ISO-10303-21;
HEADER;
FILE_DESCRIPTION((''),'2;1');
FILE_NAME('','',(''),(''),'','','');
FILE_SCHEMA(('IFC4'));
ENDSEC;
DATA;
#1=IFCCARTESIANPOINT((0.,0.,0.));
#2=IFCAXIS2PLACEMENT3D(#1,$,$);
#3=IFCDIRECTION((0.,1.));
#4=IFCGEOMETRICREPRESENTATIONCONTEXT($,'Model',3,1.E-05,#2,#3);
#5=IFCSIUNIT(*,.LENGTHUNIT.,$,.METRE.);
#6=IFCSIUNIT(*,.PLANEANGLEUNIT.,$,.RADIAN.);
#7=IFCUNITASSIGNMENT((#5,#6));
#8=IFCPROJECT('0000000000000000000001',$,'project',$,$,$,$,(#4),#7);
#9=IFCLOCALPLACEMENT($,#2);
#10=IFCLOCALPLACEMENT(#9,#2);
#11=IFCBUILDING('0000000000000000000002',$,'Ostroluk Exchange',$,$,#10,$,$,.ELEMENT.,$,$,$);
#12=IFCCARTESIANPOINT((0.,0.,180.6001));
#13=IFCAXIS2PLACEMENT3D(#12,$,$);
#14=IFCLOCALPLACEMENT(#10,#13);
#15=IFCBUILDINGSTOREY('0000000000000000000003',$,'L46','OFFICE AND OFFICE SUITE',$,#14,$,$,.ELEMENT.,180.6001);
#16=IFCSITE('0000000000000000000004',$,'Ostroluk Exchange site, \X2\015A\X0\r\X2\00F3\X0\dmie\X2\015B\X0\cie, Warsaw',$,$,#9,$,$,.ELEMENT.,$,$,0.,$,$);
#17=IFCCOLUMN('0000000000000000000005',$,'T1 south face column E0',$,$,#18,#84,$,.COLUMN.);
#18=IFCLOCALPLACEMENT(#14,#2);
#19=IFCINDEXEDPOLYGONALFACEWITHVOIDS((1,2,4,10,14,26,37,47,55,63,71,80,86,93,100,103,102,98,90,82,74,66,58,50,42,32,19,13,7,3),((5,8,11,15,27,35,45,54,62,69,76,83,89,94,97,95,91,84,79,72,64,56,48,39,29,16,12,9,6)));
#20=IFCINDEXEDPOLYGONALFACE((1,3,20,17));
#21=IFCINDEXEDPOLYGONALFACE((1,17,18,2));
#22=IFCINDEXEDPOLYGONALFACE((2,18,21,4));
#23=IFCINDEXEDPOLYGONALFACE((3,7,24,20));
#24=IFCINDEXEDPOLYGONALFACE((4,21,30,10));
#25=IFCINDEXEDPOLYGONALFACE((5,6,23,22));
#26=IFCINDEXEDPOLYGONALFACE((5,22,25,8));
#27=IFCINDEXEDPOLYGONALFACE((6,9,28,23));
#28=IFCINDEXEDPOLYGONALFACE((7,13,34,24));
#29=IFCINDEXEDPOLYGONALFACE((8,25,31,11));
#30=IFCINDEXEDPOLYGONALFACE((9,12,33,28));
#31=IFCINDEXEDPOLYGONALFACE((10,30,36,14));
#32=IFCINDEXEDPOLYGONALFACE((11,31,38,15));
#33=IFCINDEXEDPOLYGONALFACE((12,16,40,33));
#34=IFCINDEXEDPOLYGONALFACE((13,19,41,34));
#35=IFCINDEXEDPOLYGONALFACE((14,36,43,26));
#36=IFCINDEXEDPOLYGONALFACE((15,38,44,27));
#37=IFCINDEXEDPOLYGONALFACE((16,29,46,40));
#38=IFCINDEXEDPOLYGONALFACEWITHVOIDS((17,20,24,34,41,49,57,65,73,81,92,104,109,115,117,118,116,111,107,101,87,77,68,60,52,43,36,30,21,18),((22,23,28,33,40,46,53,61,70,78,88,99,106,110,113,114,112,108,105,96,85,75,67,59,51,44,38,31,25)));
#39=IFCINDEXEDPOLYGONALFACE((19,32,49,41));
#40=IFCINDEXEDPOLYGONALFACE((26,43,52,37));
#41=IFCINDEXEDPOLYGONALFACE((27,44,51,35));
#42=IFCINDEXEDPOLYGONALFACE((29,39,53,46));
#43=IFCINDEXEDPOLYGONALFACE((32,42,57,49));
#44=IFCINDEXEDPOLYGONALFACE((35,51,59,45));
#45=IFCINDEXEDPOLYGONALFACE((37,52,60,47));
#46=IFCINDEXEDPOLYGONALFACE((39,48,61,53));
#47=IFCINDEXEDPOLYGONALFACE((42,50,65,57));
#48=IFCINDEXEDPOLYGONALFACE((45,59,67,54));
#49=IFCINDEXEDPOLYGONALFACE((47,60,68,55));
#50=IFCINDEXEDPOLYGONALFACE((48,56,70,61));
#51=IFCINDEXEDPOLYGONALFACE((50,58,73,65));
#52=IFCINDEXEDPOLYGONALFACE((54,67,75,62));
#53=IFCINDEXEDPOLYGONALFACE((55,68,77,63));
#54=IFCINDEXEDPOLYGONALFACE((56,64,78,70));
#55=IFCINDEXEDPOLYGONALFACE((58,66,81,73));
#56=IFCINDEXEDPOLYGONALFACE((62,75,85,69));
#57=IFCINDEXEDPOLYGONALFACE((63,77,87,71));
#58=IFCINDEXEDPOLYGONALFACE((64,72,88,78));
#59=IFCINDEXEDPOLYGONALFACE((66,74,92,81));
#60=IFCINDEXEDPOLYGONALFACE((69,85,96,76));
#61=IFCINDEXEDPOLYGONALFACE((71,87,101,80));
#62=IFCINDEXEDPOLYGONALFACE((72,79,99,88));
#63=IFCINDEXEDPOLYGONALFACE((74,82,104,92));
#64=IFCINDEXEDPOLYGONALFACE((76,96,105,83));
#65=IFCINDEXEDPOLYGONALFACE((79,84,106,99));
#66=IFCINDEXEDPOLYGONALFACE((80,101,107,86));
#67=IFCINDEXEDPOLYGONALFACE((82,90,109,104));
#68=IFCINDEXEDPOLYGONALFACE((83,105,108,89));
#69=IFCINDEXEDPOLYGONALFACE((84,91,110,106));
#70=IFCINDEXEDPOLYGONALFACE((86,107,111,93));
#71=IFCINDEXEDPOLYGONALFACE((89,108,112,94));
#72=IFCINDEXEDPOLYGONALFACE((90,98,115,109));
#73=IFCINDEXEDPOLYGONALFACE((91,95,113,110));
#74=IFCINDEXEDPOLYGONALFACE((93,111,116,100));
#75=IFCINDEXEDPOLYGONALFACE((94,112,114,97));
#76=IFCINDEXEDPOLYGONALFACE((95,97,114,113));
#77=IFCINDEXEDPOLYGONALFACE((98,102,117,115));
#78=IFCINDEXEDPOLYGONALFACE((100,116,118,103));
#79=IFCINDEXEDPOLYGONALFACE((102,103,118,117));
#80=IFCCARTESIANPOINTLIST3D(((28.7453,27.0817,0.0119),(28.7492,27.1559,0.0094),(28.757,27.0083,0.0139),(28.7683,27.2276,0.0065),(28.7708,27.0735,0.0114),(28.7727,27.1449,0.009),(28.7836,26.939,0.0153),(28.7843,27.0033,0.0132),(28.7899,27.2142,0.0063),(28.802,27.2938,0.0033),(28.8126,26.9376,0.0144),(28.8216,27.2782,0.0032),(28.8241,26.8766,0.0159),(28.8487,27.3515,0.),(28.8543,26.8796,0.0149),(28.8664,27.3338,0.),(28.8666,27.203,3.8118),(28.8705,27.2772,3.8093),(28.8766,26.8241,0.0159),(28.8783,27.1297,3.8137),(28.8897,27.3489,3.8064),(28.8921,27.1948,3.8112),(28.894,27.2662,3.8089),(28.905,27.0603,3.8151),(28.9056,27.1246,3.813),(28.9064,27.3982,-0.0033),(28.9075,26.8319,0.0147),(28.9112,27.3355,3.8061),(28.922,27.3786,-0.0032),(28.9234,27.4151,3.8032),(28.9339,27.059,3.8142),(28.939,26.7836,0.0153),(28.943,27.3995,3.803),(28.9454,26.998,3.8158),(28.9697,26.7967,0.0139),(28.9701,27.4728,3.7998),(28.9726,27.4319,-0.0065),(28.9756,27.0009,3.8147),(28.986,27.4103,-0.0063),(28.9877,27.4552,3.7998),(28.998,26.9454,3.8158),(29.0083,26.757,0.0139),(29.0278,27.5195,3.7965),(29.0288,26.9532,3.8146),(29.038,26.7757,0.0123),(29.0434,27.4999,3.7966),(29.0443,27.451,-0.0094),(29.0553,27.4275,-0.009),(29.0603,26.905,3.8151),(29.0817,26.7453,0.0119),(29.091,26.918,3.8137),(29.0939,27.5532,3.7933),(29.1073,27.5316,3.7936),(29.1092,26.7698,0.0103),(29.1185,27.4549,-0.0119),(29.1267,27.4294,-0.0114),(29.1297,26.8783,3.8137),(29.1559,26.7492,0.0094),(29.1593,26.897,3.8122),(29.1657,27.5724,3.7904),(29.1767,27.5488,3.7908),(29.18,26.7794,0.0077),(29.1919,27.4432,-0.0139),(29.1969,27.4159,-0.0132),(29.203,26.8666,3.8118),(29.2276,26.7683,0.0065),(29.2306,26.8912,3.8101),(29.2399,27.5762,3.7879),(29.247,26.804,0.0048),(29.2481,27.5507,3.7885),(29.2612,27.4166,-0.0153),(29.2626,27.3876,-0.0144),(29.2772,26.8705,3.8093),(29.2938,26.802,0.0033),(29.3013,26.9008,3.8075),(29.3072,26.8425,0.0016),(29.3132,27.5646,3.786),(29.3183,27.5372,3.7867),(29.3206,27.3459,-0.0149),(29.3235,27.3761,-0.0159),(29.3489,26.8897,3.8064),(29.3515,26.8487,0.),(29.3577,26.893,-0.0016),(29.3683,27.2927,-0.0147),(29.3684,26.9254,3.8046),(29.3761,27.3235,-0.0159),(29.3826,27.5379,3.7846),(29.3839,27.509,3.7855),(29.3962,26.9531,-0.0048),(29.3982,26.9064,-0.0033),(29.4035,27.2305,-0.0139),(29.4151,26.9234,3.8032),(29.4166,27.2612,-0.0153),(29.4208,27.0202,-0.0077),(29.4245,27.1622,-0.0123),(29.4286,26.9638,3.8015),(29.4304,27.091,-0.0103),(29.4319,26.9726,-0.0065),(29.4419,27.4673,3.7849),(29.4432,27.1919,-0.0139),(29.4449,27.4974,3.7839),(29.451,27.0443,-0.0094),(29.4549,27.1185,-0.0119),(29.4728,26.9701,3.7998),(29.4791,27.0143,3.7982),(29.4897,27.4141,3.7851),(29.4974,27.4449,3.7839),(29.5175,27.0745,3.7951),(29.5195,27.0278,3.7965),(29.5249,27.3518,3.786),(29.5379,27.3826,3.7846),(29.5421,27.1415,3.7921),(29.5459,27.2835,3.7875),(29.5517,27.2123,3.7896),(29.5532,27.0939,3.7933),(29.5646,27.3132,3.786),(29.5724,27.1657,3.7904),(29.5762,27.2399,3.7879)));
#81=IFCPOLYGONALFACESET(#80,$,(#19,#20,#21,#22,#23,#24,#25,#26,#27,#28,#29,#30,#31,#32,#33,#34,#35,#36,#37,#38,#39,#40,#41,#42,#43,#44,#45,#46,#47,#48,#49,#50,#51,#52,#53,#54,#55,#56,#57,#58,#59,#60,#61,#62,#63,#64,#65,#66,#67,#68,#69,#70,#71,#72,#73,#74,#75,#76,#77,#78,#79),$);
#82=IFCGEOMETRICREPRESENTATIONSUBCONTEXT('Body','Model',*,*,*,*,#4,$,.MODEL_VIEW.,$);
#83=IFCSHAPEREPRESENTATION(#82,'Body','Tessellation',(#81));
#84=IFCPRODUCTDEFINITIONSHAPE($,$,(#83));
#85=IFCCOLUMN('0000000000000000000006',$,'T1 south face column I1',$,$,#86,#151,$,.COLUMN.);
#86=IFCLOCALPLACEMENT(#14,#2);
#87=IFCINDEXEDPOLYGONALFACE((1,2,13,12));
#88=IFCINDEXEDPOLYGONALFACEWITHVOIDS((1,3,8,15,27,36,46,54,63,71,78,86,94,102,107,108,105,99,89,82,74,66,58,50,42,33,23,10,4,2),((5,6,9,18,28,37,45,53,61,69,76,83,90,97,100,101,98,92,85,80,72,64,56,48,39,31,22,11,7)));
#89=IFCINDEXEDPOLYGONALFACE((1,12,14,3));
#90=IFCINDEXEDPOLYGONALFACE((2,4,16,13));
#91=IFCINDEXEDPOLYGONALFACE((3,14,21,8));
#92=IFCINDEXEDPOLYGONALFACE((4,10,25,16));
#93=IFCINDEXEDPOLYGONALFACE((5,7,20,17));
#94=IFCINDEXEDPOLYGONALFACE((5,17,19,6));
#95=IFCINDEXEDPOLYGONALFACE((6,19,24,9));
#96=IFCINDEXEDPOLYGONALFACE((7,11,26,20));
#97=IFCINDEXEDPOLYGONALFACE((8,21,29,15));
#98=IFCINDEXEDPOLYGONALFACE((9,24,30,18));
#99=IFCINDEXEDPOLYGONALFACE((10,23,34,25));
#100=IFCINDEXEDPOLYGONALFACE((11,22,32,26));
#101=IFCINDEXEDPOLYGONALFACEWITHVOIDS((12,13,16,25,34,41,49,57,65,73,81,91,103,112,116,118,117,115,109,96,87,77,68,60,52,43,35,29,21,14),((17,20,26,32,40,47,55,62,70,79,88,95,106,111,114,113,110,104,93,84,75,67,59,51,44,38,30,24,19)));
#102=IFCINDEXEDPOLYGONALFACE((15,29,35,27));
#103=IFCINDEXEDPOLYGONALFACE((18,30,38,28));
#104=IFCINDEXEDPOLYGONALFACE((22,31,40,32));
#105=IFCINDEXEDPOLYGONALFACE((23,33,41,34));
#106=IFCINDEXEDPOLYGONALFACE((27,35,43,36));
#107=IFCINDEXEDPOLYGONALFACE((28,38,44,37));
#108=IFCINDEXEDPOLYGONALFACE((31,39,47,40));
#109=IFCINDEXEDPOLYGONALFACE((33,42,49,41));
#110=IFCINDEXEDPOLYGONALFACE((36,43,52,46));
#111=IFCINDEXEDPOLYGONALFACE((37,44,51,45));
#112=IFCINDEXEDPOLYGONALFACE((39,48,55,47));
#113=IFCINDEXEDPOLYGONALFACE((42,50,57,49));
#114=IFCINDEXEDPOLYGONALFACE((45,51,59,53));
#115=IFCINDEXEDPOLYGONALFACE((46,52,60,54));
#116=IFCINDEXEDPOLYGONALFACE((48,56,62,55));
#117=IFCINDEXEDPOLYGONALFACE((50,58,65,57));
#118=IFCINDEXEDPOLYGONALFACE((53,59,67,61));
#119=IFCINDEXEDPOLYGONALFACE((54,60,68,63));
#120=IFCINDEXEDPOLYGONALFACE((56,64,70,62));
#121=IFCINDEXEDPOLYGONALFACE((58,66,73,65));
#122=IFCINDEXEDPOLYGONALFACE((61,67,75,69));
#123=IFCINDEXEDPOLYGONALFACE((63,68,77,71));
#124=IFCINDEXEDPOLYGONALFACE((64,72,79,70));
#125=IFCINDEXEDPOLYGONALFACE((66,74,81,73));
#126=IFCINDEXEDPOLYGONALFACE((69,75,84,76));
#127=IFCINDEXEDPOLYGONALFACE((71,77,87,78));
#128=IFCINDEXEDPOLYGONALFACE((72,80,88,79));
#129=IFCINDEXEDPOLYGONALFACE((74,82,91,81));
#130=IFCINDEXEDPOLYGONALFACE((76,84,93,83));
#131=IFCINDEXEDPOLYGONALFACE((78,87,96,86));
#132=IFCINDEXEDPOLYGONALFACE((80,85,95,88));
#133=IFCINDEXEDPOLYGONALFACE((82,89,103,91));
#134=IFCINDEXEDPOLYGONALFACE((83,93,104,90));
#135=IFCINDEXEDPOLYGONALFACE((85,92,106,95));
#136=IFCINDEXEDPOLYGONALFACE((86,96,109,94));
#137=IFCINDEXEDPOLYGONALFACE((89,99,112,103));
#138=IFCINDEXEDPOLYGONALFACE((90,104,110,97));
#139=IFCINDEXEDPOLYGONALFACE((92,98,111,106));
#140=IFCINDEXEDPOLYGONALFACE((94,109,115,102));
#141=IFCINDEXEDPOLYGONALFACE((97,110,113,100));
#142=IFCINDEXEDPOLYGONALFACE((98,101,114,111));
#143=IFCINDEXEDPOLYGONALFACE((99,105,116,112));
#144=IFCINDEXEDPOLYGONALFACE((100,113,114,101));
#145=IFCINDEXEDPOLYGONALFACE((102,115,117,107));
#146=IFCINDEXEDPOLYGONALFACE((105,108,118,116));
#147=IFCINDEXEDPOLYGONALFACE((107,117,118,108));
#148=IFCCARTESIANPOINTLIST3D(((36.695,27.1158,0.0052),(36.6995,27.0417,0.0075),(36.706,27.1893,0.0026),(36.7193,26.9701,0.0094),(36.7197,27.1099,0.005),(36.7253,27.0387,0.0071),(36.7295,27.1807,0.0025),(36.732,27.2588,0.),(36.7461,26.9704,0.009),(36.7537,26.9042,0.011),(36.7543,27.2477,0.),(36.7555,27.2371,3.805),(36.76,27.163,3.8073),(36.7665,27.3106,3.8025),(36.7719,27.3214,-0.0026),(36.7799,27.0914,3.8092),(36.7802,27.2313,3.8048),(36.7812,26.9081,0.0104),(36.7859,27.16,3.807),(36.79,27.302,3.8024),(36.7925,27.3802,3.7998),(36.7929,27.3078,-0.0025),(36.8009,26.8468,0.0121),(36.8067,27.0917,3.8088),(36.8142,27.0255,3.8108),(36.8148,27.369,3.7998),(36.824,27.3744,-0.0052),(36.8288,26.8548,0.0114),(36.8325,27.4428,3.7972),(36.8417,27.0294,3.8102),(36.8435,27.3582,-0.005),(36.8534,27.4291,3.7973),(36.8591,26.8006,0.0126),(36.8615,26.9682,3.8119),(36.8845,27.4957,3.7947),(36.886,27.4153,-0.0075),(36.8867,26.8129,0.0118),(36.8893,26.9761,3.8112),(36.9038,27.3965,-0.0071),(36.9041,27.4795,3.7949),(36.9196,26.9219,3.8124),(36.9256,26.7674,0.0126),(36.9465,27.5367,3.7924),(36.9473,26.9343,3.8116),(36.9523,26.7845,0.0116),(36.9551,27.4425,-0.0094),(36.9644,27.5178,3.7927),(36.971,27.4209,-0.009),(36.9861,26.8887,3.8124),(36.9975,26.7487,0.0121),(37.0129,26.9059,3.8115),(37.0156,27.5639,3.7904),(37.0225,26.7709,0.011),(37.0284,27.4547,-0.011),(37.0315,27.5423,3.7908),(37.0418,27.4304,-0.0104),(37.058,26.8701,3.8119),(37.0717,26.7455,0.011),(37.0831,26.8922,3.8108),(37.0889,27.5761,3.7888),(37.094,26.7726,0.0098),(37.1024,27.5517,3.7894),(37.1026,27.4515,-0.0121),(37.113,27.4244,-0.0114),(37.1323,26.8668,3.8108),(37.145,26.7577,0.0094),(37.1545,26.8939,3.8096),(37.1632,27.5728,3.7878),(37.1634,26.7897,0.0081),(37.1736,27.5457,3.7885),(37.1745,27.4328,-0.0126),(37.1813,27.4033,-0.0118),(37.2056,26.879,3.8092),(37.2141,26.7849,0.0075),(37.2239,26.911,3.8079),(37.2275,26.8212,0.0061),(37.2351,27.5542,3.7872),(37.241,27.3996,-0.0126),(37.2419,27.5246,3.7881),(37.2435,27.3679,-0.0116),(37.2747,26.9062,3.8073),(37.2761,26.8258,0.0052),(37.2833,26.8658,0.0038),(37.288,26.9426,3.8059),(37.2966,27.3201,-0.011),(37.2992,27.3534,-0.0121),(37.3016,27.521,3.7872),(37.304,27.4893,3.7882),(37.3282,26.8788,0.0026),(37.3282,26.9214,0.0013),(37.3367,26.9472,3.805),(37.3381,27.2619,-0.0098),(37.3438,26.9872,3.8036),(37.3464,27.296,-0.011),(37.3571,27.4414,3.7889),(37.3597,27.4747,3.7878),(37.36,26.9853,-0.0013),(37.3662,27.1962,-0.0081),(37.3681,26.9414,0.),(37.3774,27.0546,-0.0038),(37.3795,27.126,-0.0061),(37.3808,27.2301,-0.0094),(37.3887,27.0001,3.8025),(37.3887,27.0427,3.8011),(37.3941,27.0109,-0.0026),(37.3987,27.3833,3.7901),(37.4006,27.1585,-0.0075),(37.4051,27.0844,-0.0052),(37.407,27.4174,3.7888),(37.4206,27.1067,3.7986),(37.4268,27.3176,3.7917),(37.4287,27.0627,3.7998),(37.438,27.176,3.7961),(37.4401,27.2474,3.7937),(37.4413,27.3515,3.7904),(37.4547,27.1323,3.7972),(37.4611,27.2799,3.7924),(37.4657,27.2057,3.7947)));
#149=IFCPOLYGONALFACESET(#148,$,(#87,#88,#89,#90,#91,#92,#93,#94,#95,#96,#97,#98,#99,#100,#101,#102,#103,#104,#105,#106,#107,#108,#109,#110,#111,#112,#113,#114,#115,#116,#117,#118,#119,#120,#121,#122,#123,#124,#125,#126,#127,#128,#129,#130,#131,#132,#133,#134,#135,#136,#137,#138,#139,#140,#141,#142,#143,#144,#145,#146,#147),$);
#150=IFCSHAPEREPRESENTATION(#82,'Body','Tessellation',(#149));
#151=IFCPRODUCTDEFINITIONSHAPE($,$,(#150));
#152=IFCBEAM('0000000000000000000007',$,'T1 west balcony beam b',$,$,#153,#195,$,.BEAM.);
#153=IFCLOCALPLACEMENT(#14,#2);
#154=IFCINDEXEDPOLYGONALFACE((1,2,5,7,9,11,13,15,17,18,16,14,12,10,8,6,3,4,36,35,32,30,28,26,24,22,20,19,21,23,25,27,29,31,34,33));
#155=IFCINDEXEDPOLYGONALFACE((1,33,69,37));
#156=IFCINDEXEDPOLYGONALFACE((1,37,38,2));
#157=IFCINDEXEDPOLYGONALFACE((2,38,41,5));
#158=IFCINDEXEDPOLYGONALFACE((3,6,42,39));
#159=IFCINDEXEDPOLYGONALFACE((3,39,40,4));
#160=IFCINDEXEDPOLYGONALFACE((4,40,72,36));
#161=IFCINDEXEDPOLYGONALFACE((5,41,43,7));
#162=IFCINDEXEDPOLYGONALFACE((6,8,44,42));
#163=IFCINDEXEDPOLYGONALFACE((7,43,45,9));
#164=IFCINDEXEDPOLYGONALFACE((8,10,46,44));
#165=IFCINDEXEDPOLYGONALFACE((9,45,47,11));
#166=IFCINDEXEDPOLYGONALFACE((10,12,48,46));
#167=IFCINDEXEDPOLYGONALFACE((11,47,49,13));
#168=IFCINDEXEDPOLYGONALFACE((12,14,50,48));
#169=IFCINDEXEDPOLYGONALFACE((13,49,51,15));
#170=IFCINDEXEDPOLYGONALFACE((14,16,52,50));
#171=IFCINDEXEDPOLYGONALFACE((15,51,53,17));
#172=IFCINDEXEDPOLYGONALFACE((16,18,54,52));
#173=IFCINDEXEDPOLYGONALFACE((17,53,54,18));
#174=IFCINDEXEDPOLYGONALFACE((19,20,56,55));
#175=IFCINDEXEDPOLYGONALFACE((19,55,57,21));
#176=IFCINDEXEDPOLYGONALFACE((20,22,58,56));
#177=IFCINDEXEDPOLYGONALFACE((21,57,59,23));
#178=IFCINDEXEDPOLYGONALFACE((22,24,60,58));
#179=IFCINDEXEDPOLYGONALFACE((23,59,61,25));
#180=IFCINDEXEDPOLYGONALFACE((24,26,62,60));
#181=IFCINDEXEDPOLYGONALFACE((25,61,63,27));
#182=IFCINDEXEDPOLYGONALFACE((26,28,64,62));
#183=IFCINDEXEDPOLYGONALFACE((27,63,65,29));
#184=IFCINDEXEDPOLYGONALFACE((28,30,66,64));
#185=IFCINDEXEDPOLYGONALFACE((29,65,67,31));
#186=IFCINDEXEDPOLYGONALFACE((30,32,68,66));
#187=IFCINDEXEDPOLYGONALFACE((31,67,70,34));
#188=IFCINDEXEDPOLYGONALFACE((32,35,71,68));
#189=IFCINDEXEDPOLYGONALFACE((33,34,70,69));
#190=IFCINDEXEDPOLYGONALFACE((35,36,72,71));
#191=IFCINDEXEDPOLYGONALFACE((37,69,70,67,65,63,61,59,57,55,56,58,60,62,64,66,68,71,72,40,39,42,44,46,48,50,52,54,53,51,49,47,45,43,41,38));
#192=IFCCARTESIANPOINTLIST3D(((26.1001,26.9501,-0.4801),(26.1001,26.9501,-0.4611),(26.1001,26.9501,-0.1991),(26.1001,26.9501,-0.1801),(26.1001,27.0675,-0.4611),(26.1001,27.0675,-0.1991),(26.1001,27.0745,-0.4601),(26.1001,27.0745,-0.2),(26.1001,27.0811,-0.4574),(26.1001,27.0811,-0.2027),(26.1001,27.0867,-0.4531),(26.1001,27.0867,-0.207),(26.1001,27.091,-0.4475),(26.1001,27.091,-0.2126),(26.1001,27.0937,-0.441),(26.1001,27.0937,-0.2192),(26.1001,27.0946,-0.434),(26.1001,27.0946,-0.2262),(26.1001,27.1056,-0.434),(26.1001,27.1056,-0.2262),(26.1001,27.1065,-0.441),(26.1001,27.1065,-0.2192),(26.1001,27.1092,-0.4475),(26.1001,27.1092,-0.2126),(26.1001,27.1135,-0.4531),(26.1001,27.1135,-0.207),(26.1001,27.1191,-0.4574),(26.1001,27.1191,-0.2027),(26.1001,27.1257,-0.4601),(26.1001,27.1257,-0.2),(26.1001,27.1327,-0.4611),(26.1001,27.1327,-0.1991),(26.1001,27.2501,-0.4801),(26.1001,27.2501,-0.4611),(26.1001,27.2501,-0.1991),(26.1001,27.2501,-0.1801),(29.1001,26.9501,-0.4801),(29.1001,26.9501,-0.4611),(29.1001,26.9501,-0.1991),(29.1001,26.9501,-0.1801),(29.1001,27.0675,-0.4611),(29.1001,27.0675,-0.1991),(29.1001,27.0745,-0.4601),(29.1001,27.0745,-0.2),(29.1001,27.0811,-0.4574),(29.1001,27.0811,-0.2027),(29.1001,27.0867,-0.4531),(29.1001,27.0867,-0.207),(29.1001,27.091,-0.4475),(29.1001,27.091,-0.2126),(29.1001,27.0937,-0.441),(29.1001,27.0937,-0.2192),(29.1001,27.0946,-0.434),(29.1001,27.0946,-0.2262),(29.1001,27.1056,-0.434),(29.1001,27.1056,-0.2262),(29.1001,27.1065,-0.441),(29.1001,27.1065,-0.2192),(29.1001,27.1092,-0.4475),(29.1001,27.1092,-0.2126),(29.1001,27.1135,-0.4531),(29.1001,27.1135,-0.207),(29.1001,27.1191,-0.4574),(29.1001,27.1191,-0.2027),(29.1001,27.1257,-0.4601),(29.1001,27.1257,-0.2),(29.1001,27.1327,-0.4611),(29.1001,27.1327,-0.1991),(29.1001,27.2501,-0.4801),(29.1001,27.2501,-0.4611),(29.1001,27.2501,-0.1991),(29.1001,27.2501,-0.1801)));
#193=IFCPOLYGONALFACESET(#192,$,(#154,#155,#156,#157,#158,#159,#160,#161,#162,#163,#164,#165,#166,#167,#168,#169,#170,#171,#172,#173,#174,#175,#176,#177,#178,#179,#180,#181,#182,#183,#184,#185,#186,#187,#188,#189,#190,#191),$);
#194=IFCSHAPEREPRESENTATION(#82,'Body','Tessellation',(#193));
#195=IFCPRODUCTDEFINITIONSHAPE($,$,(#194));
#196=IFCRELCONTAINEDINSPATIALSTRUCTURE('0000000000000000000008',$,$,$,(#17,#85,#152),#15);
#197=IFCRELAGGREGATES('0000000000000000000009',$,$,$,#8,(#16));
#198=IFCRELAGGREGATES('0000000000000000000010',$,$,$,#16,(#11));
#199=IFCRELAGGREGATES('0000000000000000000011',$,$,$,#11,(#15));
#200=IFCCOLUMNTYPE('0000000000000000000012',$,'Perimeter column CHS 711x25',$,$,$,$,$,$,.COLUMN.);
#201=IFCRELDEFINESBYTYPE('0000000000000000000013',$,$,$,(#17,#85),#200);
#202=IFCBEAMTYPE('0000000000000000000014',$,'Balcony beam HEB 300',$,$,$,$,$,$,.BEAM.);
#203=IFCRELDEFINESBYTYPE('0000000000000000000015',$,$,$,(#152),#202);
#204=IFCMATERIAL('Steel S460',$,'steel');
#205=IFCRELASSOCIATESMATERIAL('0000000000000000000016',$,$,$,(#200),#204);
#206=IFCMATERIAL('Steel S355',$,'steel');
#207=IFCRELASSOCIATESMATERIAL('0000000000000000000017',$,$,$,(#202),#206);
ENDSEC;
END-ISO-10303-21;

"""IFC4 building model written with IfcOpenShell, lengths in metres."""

from ifc_helpers import new_model, si_unit, direction, frame, origin, origin_2d, place, context, subcontext, project, spatial, hollow_circle, i_section, extrude, material, material_profile, profile_set, type_object, element, save


model = new_model("IFC4")

# Units and contexts
model_context = context("Model", 3, precision=1e-05, world=origin(), true_north=direction((0.0, 1.0)))
body_context = subcontext(model_context, "Body", "Model", "MODEL_VIEW")
ifc_project = project(units=[si_unit("LENGTHUNIT", "METRE"), si_unit("PLANEANGLEUNIT", "RADIAN")], contexts=[model_context])

# Site, building, storey
site_placement = place(None, origin())
site = spatial("IfcSite", under=ifc_project, at=site_placement, Name="Ostroluk Exchange site, Śródmieście, Warsaw", CompositionType="ELEMENT", RefElevation=0.0)
building_placement = place(site_placement, origin())
building = spatial("IfcBuilding", under=site, at=building_placement, Name="Ostroluk Exchange", CompositionType="ELEMENT")
storey_placement = place(building_placement, frame((0.0, 0.0, 180.6001)))
storey = spatial("IfcBuildingStorey", under=building, at=storey_placement, Name="L46", Description="OFFICE AND OFFICE SUITE", CompositionType="ELEMENT", Elevation=180.6001)

# Columns
ifc_material_1 = material(Name="Steel S460", Category="steel")
ifc_material_profile_1 = material_profile(ifc_material_1, hollow_circle(Radius=0.3555, WallThickness=0.0249, at=origin_2d()), Name="CHS 711x25")
ifc_profile_set_1 = profile_set([ifc_material_profile_1], Name="Steel S460")
column_type = type_object("IfcColumnType", Name="Perimeter column CHS 711x25", PredefinedType="COLUMN", material=ifc_profile_set_1)
column_1_placement = place(storey_placement, frame((29.1001, 27.1001, 0.0), z_axis=(0.0319, 0.0319, 0.998982), x_axis=(-0.707107, 0.707107, 0.0)))
element("IfcColumn", 1, at=column_1_placement, inside=storey, type_object=column_type, Name="T1 south face column E0", PredefinedType="COLUMN", context=body_context, shape_type="SweptSolid", body=[
    extrude(hollow_circle(Radius=0.3555, WallThickness=0.0249, at=origin_2d()), origin(), (0.0, 0.0, 1.0), 3.8037),
])
column_2_placement = place(storey_placement, frame((37.05, 27.1001, 0.0), z_axis=(0.015924, 0.031912, 0.999364), x_axis=(-0.894787, 0.446493, 0.0)))
element("IfcColumn", 2, at=column_2_placement, inside=storey, type_object=column_type, Name="T1 south face column I1", PredefinedType="COLUMN", context=body_context, shape_type="SweptSolid", body=[
    extrude(hollow_circle(Radius=0.3555, WallThickness=0.0249, at=origin_2d()), origin(), (0.0, 0.0, 1.0), 3.8022),
])

# Beam
ifc_material_2 = material(Name="Steel S355", Category="steel")
ifc_material_profile_2 = material_profile(ifc_material_2, i_section(OverallWidth=0.3, OverallDepth=0.3, WebThickness=0.011, FlangeThickness=0.019, FilletRadius=0.0271, at=origin_2d()), Name="HEB 300")
ifc_profile_set_2 = profile_set([ifc_material_profile_2], Name="Steel S355")
beam_type_1 = type_object("IfcBeamType", Name="Balcony beam HEB 300", PredefinedType="BEAM", material=ifc_profile_set_2)
beam_1_placement = place(storey_placement, frame((29.1001, 27.1001, -0.3301), z_axis=(-1.0, 0.0, 0.0), x_axis=(0.0, -1.0, 0.0)))
element("IfcBeam", 3, at=beam_1_placement, inside=storey, type_object=beam_type_1, Name="T1 west balcony beam b", PredefinedType="BEAM", context=body_context, shape_type="SweptSolid", body=[
    extrude(i_section(OverallWidth=0.3, OverallDepth=0.3, WebThickness=0.011, FlangeThickness=0.019, FilletRadius=0.0271, at=origin_2d()), origin(), (0.0, 0.0, 1.0), 3.0),
])

save(model, "model.ifc")
